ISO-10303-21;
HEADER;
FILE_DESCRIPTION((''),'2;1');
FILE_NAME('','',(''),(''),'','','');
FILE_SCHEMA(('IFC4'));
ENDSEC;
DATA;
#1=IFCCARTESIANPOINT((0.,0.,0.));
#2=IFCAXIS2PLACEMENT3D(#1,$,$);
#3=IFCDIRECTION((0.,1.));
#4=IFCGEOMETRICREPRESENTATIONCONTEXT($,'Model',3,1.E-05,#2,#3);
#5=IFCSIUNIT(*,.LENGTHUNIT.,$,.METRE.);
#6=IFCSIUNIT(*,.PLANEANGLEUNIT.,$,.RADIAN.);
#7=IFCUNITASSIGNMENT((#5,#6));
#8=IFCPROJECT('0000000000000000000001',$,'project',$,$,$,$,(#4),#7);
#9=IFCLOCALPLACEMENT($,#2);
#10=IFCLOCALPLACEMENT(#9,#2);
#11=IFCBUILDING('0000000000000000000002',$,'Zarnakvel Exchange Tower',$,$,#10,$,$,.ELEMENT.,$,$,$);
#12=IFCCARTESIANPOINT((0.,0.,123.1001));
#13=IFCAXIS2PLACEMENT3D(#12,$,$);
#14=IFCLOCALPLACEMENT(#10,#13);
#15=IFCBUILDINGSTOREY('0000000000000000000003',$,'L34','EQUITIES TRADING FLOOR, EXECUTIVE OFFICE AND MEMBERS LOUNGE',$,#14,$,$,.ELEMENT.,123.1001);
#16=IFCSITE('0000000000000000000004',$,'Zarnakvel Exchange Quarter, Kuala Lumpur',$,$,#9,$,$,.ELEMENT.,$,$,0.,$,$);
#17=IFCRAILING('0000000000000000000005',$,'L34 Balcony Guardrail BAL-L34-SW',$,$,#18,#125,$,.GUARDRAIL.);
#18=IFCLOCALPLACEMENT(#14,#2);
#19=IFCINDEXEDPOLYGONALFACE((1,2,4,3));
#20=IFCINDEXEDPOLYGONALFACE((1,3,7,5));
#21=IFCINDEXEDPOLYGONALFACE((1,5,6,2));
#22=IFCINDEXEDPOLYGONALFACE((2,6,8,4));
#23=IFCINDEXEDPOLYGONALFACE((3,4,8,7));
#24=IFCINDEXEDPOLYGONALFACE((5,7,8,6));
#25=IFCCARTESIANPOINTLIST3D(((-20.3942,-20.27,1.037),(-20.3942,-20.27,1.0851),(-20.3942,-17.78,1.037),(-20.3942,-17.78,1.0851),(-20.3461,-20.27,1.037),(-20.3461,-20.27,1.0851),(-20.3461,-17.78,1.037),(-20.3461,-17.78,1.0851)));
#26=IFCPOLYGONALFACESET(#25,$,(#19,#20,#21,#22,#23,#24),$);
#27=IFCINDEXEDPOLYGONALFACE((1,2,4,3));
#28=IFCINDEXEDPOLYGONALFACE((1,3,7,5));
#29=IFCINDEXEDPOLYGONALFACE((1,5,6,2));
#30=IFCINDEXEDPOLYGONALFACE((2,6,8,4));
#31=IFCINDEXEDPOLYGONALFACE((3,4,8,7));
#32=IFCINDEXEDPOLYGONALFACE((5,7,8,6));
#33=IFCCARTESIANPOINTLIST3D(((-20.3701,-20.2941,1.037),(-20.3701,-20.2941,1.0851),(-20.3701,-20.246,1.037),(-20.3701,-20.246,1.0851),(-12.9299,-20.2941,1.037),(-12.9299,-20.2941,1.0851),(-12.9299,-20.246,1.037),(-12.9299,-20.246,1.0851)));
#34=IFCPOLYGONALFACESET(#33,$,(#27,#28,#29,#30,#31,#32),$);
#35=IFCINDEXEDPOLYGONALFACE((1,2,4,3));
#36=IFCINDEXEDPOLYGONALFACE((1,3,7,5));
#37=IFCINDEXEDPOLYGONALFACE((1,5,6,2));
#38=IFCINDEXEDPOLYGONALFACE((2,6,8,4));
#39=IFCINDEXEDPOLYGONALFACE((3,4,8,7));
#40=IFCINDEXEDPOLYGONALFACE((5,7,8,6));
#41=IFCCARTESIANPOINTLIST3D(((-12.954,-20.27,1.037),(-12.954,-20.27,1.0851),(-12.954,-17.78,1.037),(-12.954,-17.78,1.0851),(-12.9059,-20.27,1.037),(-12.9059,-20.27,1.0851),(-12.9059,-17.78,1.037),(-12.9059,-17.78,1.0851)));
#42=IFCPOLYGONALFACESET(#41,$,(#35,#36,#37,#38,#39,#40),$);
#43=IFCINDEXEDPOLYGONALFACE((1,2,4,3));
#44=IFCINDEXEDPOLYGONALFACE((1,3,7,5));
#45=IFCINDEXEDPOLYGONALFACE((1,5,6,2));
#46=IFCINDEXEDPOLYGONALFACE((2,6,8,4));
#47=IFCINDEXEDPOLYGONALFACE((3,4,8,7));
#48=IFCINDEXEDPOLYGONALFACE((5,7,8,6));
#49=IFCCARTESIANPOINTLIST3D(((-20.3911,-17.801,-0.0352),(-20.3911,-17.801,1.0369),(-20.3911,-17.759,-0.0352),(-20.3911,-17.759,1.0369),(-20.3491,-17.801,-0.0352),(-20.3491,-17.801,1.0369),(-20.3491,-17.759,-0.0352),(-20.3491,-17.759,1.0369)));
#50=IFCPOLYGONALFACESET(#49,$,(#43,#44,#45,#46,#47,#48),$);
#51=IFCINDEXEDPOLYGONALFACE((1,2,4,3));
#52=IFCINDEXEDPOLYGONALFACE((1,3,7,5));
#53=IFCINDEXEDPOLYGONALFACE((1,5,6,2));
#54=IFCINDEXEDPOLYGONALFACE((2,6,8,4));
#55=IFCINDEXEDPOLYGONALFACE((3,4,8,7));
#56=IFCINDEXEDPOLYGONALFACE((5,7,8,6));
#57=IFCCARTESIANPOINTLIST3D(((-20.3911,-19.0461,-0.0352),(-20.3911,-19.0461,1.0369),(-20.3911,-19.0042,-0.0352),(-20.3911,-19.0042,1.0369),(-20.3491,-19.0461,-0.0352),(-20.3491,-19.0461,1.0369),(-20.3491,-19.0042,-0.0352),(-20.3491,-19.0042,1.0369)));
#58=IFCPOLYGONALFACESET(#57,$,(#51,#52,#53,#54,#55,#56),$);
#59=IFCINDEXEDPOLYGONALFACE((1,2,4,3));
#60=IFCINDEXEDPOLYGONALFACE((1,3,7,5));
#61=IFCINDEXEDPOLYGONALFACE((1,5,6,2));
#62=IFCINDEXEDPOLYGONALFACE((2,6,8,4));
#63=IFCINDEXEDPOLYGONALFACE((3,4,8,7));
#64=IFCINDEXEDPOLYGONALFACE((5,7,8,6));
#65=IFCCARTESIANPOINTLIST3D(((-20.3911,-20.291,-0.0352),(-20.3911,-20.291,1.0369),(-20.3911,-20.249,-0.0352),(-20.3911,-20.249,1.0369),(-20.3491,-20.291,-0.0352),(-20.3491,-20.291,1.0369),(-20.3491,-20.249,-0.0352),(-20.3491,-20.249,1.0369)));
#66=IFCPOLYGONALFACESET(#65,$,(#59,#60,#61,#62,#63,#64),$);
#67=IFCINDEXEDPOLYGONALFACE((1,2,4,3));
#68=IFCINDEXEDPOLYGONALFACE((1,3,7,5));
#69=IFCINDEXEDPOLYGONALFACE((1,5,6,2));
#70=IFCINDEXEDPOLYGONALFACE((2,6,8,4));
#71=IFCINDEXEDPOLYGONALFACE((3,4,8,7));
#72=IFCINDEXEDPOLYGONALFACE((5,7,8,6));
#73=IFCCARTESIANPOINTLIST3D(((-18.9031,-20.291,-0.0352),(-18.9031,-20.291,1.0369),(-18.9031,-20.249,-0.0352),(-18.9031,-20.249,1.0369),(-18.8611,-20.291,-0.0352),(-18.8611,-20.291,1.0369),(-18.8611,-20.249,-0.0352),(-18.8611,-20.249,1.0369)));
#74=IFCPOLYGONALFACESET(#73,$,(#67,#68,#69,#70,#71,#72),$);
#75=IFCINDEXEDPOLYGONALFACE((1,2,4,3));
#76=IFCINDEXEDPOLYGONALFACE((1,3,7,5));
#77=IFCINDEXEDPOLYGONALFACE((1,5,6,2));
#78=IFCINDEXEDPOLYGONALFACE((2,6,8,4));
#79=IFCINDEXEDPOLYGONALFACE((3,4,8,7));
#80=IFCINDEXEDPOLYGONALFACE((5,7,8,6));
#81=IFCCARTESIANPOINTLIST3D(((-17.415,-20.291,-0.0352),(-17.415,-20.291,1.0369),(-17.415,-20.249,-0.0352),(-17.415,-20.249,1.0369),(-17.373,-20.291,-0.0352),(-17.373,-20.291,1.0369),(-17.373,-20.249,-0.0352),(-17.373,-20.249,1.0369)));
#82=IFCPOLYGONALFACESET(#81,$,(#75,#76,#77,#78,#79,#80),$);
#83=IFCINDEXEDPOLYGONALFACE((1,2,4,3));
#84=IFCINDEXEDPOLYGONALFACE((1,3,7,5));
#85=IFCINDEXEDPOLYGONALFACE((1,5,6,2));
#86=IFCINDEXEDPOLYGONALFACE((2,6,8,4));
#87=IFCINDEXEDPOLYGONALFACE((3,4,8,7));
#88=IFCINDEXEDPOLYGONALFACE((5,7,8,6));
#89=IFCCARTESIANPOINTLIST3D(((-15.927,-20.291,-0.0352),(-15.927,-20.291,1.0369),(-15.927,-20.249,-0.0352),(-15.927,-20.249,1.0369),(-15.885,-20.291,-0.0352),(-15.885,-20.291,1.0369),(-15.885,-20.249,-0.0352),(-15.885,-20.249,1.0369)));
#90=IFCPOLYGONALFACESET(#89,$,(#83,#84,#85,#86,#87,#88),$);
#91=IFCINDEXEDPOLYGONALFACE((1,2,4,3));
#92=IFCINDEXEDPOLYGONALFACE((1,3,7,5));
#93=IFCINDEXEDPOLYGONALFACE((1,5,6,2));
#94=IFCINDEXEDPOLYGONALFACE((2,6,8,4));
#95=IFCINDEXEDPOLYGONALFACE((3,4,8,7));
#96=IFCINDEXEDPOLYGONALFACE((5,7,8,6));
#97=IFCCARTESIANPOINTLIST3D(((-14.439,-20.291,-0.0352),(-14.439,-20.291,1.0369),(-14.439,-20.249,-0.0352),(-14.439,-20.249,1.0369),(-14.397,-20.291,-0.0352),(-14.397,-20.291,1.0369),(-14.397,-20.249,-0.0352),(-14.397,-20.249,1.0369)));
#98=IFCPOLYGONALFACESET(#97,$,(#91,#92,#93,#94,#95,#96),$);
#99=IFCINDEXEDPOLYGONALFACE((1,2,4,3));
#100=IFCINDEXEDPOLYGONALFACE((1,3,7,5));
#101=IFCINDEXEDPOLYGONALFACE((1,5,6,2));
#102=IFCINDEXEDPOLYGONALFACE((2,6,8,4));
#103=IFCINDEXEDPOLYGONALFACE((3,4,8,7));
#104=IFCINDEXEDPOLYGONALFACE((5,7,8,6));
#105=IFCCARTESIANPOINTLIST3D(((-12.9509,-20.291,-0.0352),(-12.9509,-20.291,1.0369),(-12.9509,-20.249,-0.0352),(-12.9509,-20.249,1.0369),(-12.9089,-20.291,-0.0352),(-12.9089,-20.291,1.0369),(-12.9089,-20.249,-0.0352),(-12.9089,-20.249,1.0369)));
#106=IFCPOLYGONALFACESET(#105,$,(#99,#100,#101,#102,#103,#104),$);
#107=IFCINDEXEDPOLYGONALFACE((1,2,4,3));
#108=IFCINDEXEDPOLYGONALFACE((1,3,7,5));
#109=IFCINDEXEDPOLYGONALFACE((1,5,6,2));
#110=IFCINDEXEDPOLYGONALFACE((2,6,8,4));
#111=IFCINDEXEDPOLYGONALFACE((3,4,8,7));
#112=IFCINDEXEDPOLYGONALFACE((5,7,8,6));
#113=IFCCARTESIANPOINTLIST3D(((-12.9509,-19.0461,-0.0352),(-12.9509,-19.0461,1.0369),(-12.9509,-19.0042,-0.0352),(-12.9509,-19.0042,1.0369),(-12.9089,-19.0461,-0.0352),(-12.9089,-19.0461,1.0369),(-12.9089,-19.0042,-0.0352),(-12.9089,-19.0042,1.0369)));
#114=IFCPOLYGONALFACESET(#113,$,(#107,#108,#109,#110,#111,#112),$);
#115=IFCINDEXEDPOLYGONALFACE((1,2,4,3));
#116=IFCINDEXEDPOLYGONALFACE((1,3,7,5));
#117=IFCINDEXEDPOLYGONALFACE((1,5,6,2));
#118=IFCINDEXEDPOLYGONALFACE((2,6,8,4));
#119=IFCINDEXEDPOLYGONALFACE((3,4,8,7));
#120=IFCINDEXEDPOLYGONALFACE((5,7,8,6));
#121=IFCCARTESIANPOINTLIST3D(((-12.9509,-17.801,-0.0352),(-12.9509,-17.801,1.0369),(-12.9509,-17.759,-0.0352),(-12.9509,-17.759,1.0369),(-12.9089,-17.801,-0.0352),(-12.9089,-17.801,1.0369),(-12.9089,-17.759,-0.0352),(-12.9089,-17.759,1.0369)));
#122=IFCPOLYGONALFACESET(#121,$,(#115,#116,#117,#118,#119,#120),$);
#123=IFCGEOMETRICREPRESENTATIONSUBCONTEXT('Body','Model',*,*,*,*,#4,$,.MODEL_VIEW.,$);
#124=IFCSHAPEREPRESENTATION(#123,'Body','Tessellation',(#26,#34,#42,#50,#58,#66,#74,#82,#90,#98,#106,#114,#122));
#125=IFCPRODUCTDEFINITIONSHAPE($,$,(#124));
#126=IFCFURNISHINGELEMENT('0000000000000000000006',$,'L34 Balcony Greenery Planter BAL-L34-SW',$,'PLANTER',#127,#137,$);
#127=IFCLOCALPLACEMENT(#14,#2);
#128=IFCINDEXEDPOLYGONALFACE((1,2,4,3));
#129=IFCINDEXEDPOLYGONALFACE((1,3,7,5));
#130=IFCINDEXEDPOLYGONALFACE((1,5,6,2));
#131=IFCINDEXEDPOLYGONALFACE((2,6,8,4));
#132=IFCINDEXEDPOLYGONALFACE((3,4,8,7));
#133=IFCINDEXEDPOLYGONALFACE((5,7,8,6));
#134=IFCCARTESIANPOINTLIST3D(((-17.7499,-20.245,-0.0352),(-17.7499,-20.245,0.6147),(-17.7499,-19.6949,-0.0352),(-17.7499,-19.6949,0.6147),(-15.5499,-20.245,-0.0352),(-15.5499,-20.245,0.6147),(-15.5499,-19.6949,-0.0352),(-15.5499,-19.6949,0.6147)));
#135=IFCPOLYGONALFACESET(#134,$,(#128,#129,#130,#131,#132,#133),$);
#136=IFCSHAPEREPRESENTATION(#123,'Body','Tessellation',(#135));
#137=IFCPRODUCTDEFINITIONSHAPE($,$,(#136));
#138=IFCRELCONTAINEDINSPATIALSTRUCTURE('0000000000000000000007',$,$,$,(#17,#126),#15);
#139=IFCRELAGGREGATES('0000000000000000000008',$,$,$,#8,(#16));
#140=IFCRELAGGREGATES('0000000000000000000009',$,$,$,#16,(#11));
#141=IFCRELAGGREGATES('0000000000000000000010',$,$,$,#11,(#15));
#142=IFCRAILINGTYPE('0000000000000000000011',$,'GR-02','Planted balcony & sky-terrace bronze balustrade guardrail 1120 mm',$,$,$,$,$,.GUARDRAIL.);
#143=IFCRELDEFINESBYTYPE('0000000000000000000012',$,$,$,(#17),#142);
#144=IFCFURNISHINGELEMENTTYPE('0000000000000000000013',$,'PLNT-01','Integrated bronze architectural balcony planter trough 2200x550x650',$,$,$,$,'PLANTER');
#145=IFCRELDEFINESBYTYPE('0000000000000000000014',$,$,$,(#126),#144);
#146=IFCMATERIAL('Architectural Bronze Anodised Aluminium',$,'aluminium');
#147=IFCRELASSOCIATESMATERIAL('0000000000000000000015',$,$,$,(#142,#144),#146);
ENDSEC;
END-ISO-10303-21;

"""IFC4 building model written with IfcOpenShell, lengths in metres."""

from ifc_helpers import new_model, si_unit, direction, frame, origin, origin_2d, place, context, subcontext, project, spatial, rectangle, extrude, source, transform, mapped, material, type_object, element, save


model = new_model("IFC4")

# Units and contexts
model_context = context("Model", 3, precision=1e-05, world=origin(), true_north=direction((0.0, 1.0)))
body_context = subcontext(model_context, "Body", "Model", "MODEL_VIEW")
ifc_project = project(units=[si_unit("LENGTHUNIT", "METRE"), si_unit("PLANEANGLEUNIT", "RADIAN")], contexts=[model_context])

# Site, building, storey
site_placement = place(None, origin())
site = spatial("IfcSite", under=ifc_project, at=site_placement, Name="Zarnakvel Exchange Quarter, Kuala Lumpur", CompositionType="ELEMENT", RefElevation=0.0)
building_placement = place(site_placement, origin())
building = spatial("IfcBuilding", under=site, at=building_placement, Name="Zarnakvel Exchange Tower", CompositionType="ELEMENT")
storey_placement = place(building_placement, frame((0.0, 0.0, 123.1001)))
storey = spatial("IfcBuildingStorey", under=building, at=storey_placement, Name="L34", Description="EQUITIES TRADING FLOOR, EXECUTIVE OFFICE AND MEMBERS LOUNGE", CompositionType="ELEMENT", Elevation=123.1001)

# Railing
ifc_material_1 = material(Name="Architectural Bronze Anodised Aluminium", Category="aluminium")
railing_type = type_object("IfcRailingType", Name="GR-02", Description="Planted balcony & sky-terrace bronze balustrade guardrail 1120 mm", PredefinedType="GUARDRAIL", material=ifc_material_1)
railing_placement = place(storey_placement, frame((-20.3701, -17.78, -0.0352)))
element("IfcRailing", 1, at=railing_placement, inside=storey, type_object=railing_type, Name="L34 Balcony Guardrail BAL-L34-SW", PredefinedType="GUARDRAIL", context=body_context, shape_type="SweptSolid", body=[
    extrude(rectangle(XDim=0.0481, YDim=0.0481, at=origin_2d()), frame((0.0, 0.0, 1.0962), z_axis=(0.0, -1.0, 0.0), x_axis=(1.0, 0.0, 0.0)), (0.0, 0.0, 1.0), 2.49),
    extrude(rectangle(XDim=0.0481, YDim=0.0481, at=origin_2d()), frame((0.0, -2.49, 1.0962), z_axis=(1.0, 0.0, 0.0), x_axis=(0.0, 1.0, 0.0)), (0.0, 0.0, 1.0), 7.4402),
    extrude(rectangle(XDim=0.0481, YDim=0.0481, at=origin_2d()), frame((7.4402, -2.49, 1.0962), z_axis=(0.0, 1.0, 0.0), x_axis=(-1.0, 0.0, 0.0)), (0.0, 0.0, 1.0), 2.49),
    extrude(rectangle(XDim=0.042, YDim=0.042, at=origin_2d()), origin(), (0.0, 0.0, 1.0), 1.072),
    extrude(rectangle(XDim=0.042, YDim=0.042, at=origin_2d()), frame((0.0, -1.2451, 0.0)), (0.0, 0.0, 1.0), 1.072),
    extrude(rectangle(XDim=0.042, YDim=0.042, at=origin_2d()), frame((0.0, -2.49, 0.0)), (0.0, 0.0, 1.0), 1.072),
    extrude(rectangle(XDim=0.042, YDim=0.042, at=origin_2d()), frame((1.488, -2.49, 0.0)), (0.0, 0.0, 1.0), 1.072),
    extrude(rectangle(XDim=0.042, YDim=0.042, at=origin_2d()), frame((2.9761, -2.49, 0.0)), (0.0, 0.0, 1.0), 1.072),
    extrude(rectangle(XDim=0.042, YDim=0.042, at=origin_2d()), frame((4.4641, -2.49, 0.0)), (0.0, 0.0, 1.0), 1.072),
    extrude(rectangle(XDim=0.042, YDim=0.042, at=origin_2d()), frame((5.9521, -2.49, 0.0)), (0.0, 0.0, 1.0), 1.072),
    extrude(rectangle(XDim=0.042, YDim=0.042, at=origin_2d()), frame((7.4402, -2.49, 0.0)), (0.0, 0.0, 1.0), 1.072),
    extrude(rectangle(XDim=0.042, YDim=0.042, at=origin_2d()), frame((7.4402, -1.2451, 0.0)), (0.0, 0.0, 1.0), 1.072),
    extrude(rectangle(XDim=0.042, YDim=0.042, at=origin_2d()), frame((7.4402, 0.0, 0.0)), (0.0, 0.0, 1.0), 1.072),
])

# Furnishing element
furnishing_element_type = type_object("IfcFurnishingElementType", Name="PLNT-01", Description="Integrated bronze architectural balcony planter trough 2200x550x650", ElementType="PLANTER", material=ifc_material_1)
shared_shape = source(origin(), body_context, "Body", "SweptSolid", [
    extrude(rectangle(XDim=2.2, YDim=0.55, at=origin_2d()), origin(), (0.0, 0.0, 1.0), 0.6499),
])
furnishing_placement = place(storey_placement, frame((-16.6499, -19.97, -0.0352), z_axis=(0.0, 0.0, 1.0), x_axis=(1.0, 0.0, 0.0)))
element("IfcFurnishingElement", 2, at=furnishing_placement, inside=storey, type_object=furnishing_element_type, Name="L34 Balcony Greenery Planter BAL-L34-SW", ObjectType="PLANTER", context=body_context, shape_type="MappedRepresentation", body=[
    mapped(shared_shape, transform((0.0, 0.0, 0.0), x_axis=(1.0, 0.0, 0.0), y_axis=(0.0, 1.0, 0.0), z_axis=(0.0, 0.0, 1.0), scale=1.0)),
])

save(model, "model.ifc")
